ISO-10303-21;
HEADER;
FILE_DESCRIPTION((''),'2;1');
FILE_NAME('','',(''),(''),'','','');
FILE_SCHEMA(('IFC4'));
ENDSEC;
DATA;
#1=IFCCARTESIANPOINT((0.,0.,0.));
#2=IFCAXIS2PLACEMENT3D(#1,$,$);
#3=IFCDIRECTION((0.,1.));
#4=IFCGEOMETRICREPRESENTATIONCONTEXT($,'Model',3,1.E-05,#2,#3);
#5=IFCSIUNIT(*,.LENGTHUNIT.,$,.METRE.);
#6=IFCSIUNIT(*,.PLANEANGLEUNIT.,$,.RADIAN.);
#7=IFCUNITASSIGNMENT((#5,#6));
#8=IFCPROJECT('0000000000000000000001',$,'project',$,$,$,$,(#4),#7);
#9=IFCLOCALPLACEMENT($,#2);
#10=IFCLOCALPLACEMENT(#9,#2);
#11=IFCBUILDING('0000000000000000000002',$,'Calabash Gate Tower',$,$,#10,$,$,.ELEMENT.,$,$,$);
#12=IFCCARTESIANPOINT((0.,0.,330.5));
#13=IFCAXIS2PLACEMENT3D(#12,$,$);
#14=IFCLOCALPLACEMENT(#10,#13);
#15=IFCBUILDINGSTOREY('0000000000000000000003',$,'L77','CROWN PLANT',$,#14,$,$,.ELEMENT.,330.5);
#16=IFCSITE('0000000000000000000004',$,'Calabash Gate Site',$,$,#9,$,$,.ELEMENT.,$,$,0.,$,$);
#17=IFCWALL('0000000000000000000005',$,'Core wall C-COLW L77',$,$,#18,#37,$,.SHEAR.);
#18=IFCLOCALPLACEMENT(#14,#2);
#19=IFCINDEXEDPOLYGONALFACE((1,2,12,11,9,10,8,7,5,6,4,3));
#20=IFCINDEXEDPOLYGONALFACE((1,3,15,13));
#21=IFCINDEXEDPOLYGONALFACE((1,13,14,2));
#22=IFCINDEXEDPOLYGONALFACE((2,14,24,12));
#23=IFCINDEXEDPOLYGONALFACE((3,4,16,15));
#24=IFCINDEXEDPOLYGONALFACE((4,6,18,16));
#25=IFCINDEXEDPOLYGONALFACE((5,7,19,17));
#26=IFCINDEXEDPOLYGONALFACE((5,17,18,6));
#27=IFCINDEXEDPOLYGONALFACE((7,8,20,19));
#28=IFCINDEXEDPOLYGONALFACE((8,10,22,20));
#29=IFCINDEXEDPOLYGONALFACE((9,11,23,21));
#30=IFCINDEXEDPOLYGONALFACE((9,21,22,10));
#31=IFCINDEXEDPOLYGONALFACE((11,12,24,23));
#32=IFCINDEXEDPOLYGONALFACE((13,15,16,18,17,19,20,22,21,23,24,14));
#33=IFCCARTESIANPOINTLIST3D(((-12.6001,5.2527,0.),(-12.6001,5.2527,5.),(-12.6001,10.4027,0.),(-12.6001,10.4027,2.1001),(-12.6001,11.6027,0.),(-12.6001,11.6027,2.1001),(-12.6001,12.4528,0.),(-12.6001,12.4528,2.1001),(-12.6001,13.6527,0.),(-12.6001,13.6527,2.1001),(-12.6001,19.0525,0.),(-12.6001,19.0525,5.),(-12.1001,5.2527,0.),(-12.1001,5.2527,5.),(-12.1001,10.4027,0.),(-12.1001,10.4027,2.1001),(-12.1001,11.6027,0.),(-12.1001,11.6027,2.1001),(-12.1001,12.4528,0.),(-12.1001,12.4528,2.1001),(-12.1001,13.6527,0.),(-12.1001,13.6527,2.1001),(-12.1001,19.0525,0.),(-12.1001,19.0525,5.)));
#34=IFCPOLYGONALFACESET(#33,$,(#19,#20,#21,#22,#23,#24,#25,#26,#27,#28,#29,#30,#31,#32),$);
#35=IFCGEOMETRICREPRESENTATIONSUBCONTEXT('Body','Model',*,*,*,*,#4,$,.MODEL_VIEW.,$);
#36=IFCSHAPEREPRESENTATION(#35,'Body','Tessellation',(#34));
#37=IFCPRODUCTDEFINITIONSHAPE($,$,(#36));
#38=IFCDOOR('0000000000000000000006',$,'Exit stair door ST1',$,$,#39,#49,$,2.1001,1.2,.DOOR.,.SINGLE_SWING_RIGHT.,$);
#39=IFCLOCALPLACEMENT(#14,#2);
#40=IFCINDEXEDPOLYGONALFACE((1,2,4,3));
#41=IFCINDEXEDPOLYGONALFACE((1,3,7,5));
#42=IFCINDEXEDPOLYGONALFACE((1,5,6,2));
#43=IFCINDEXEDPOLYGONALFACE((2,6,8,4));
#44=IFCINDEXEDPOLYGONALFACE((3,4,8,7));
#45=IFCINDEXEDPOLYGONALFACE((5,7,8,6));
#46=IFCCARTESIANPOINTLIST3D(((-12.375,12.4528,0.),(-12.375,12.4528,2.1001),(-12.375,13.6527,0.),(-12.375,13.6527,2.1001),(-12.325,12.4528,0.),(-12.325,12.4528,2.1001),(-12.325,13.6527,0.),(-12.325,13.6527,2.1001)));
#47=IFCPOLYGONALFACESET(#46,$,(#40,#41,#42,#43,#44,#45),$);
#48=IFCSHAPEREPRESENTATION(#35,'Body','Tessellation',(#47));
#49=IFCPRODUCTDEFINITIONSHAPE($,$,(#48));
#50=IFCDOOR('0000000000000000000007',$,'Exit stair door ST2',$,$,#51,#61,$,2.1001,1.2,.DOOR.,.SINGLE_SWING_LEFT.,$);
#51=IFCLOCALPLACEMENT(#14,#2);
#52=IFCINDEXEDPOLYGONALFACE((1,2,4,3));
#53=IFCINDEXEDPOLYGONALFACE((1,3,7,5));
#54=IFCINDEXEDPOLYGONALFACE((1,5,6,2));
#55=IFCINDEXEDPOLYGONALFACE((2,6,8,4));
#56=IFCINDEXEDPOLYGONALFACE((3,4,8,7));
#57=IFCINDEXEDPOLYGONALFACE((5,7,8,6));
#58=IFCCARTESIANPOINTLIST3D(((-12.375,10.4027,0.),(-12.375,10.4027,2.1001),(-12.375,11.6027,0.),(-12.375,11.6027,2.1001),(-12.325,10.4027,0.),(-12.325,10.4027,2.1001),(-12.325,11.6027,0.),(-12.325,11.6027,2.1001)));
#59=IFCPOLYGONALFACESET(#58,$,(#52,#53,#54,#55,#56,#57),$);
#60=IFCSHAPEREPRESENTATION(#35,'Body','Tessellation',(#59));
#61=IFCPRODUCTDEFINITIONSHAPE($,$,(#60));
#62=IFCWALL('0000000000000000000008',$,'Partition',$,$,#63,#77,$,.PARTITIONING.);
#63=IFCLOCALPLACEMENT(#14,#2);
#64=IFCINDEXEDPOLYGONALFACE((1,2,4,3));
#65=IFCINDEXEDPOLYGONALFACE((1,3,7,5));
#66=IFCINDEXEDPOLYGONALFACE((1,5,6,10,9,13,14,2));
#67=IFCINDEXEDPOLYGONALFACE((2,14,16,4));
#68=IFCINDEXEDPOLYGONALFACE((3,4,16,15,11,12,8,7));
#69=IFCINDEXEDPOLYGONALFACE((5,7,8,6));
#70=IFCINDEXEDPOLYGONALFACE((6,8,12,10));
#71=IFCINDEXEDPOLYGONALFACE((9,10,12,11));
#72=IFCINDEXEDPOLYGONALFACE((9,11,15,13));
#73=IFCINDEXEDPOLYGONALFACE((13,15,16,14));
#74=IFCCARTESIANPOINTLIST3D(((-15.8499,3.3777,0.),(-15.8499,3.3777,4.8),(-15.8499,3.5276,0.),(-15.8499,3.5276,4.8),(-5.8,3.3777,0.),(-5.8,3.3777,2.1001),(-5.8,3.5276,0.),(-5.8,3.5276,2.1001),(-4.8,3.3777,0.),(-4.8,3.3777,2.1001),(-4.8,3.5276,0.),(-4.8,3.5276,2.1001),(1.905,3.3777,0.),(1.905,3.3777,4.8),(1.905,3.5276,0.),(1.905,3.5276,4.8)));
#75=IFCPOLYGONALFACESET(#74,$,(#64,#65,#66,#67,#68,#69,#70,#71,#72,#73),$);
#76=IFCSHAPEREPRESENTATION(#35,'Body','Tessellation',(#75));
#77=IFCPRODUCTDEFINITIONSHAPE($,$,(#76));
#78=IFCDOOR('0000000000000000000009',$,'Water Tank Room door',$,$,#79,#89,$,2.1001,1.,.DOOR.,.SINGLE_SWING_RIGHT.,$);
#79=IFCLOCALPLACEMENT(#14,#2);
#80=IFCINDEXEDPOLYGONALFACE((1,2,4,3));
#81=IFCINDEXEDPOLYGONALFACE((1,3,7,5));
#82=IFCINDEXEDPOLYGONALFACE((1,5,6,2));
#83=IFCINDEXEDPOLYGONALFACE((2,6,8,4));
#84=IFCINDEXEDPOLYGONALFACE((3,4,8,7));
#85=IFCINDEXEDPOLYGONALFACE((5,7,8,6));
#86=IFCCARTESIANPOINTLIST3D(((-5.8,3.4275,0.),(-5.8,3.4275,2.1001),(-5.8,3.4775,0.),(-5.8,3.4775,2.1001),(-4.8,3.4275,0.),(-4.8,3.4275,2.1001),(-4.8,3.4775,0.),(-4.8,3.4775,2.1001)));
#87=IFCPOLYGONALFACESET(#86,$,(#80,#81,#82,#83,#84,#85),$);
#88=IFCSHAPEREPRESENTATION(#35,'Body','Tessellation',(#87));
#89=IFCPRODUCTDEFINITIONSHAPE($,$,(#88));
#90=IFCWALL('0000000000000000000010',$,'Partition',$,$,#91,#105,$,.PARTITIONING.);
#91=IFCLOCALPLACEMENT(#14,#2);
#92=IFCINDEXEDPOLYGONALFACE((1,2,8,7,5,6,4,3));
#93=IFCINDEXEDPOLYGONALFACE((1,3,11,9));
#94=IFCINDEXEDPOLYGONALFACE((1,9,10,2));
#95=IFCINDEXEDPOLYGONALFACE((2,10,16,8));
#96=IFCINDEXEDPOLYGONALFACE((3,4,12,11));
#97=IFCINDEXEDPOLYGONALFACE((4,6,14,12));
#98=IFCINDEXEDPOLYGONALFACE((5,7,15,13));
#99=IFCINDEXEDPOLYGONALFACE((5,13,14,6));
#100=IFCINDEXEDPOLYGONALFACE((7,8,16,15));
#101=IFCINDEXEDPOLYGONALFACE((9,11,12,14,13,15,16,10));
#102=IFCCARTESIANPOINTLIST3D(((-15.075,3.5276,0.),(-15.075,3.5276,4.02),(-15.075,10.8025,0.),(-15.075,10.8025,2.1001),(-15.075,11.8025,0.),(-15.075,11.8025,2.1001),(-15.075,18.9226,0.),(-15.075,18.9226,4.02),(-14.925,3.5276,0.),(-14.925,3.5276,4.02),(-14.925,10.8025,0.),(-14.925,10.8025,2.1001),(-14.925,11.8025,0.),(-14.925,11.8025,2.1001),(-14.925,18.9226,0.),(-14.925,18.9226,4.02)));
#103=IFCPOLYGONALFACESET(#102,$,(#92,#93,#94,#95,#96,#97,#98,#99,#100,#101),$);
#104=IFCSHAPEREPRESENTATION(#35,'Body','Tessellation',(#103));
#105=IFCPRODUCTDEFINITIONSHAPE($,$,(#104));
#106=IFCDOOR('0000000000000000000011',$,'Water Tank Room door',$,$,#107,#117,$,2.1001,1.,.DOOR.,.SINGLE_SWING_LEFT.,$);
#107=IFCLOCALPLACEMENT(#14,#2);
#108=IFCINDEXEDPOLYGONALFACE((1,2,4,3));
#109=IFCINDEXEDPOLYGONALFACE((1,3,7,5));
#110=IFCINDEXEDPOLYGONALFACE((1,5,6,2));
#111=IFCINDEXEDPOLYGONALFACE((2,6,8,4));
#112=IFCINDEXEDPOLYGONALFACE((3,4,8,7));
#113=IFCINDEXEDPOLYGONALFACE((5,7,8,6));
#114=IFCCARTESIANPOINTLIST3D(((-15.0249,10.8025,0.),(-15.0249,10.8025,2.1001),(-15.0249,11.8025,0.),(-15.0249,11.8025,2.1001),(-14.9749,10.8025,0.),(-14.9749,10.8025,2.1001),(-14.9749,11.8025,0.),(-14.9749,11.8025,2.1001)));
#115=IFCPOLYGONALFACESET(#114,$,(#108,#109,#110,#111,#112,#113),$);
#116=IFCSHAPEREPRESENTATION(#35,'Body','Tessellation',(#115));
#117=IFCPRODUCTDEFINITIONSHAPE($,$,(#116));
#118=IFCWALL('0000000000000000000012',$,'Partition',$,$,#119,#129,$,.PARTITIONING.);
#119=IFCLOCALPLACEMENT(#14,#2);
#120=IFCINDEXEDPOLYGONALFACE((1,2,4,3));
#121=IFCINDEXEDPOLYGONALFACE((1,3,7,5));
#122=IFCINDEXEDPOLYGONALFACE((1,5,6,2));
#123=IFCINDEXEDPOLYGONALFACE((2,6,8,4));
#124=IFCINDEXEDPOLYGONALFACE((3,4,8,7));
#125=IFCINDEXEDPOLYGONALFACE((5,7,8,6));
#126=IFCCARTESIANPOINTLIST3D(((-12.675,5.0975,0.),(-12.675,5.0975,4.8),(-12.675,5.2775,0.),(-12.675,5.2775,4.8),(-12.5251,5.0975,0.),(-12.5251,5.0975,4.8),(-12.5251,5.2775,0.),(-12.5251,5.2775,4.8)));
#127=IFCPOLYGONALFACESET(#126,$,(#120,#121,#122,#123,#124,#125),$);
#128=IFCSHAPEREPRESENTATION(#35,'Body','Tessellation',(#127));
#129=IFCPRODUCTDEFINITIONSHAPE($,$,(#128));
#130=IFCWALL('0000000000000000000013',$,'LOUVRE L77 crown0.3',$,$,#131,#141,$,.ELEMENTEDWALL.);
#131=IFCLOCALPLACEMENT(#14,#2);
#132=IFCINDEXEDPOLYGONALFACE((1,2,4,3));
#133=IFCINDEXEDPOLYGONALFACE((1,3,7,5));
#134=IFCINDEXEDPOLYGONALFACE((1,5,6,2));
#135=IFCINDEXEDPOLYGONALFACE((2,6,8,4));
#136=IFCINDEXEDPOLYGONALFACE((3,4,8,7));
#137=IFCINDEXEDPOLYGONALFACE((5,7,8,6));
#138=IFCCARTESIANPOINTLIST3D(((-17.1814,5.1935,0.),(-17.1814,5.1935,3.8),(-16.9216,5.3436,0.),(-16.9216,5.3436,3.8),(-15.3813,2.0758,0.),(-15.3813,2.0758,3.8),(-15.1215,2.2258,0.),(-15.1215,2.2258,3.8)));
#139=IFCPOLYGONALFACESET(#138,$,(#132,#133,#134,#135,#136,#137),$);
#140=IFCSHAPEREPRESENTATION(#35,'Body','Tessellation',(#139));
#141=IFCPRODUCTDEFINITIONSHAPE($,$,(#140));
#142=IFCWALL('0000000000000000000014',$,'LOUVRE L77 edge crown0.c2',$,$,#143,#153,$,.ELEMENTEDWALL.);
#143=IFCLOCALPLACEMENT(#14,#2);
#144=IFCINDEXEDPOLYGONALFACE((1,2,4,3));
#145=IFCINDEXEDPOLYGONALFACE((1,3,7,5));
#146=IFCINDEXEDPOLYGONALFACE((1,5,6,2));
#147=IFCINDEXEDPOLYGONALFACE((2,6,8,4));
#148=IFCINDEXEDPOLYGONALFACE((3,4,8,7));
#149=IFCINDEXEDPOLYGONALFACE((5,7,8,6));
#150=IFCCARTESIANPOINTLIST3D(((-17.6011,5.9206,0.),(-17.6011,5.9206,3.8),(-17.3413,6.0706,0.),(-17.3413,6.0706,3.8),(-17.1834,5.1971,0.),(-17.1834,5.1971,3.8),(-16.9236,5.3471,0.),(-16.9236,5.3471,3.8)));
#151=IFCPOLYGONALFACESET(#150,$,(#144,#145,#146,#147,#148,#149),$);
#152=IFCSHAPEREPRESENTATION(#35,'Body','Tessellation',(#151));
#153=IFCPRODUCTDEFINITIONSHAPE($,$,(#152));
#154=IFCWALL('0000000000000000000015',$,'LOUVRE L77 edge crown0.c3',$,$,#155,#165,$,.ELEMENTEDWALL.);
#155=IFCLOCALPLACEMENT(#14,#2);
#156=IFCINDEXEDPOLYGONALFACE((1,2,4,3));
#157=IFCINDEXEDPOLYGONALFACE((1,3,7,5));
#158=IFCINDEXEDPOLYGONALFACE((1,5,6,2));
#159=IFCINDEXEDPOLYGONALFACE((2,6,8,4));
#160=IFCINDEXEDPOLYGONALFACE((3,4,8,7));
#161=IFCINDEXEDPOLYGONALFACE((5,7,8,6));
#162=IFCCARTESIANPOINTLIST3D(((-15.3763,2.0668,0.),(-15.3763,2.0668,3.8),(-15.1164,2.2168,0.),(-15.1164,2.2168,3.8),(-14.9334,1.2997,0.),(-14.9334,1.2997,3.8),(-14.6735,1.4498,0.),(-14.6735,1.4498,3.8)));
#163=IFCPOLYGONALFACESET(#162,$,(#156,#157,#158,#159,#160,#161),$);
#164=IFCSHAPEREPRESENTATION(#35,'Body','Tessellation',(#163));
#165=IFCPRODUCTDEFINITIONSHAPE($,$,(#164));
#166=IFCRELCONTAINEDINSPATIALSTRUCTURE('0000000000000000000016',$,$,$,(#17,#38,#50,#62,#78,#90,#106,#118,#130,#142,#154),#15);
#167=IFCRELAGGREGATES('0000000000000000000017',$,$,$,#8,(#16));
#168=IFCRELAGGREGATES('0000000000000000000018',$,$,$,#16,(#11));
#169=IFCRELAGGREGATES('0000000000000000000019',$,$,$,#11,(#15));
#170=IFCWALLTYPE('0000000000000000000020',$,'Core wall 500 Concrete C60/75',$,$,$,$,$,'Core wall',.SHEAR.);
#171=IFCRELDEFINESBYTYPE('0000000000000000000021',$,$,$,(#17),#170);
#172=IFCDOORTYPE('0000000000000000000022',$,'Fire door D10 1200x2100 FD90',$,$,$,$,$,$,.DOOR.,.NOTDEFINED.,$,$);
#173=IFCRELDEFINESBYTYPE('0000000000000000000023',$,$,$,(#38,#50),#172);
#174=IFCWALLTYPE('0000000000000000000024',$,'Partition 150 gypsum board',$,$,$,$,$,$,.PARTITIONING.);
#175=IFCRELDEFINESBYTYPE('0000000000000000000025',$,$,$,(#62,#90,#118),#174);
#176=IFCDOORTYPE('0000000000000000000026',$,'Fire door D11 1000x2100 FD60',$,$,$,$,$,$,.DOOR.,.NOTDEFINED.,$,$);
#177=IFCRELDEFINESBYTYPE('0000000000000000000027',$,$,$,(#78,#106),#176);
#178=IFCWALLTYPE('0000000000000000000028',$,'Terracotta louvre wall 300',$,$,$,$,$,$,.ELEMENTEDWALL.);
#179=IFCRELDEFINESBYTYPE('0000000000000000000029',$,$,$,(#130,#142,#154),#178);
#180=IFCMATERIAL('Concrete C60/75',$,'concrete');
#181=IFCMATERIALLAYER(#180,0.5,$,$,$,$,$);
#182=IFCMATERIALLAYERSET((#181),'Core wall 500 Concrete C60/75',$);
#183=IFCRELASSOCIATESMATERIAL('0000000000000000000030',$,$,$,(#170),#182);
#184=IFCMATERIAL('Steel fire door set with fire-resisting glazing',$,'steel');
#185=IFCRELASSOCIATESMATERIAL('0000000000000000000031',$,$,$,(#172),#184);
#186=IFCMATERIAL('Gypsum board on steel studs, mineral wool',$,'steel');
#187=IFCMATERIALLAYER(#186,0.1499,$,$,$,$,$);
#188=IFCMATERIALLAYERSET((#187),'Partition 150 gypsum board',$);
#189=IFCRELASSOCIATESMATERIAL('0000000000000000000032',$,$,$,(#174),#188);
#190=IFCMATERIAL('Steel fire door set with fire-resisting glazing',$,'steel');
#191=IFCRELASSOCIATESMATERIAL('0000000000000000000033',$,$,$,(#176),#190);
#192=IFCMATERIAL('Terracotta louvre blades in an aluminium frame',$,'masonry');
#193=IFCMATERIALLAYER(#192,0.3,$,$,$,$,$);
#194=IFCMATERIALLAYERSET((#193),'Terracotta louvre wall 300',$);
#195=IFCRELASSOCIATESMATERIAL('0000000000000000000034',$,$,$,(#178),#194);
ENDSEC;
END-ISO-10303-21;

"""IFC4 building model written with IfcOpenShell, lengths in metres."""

from ifc_helpers import new_model, si_unit, direction, frame, frame_2d, origin, place, context, subcontext, project, spatial, rectangle, extrude, material, layer, layer_set, type_object, element, fill, save


model = new_model("IFC4")

# Units and contexts
model_context = context("Model", 3, precision=1e-05, world=origin(), true_north=direction((0.0, 1.0)))
body_context = subcontext(model_context, "Body", "Model", "MODEL_VIEW")
ifc_project = project(units=[si_unit("LENGTHUNIT", "METRE"), si_unit("PLANEANGLEUNIT", "RADIAN")], contexts=[model_context])

# Site, building, storey
site_placement = place(None, origin())
site = spatial("IfcSite", under=ifc_project, at=site_placement, Name="Calabash Gate Site", CompositionType="ELEMENT", RefElevation=0.0)
building_placement = place(site_placement, origin())
building = spatial("IfcBuilding", under=site, at=building_placement, Name="Calabash Gate Tower", CompositionType="ELEMENT")
storey_placement = place(building_placement, frame((0.0, 0.0, 330.5)))
storey = spatial("IfcBuildingStorey", under=building, at=storey_placement, Name="L77", Description="CROWN PLANT", CompositionType="ELEMENT", Elevation=330.5)

# Wall, openings, doors
ifc_material_1 = material(Name="Concrete C60/75", Category="concrete")
ifc_layer_1 = layer(ifc_material_1, 0.5)
ifc_layer_set_1 = layer_set([ifc_layer_1], Name="Core wall 500 Concrete C60/75")
wall_type_1 = type_object("IfcWallType", Name="Core wall 500 Concrete C60/75", ElementType="Core wall", PredefinedType="SHEAR", material=ifc_layer_set_1)
wall_1_placement = place(storey_placement, frame((-12.3501, 5.2527, 0.0), z_axis=(0.0, 0.0, 1.0), x_axis=(0.0, 1.0, 0.0)))
wall_1 = element("IfcWall", 1, at=wall_1_placement, inside=storey, type_object=wall_type_1, Name="Core wall C-COLW L77", PredefinedType="SHEAR", context=body_context, shape_type="SweptSolid", body=[
    extrude(rectangle(XDim=13.7998, YDim=0.5, at=frame_2d((6.8999, 0.0))), origin(), (0.0, 0.0, 1.0), 5.0),
])
opening_1_placement = place(wall_1_placement, frame((7.2, 0.0, 0.0)))
opening_1 = element("IfcOpeningElement", 2, at=opening_1_placement, cuts=wall_1, PredefinedType="OPENING", context=body_context, shape_type="SweptSolid", body=[
    extrude(rectangle(XDim=1.2, YDim=2.1001, at=frame_2d((0.6001, 1.05))), frame((0.0, 0.26, 0.0), z_axis=(0.0, -1.0, 0.0), x_axis=(1.0, 0.0, 0.0)), (0.0, 0.0, 1.0), 0.52),
])
opening_2_placement = place(wall_1_placement, frame((5.1499, 0.0, 0.0)))
opening_2 = element("IfcOpeningElement", 3, at=opening_2_placement, cuts=wall_1, PredefinedType="OPENING", context=body_context, shape_type="SweptSolid", body=[
    extrude(rectangle(XDim=1.2, YDim=2.1001, at=frame_2d((0.6001, 1.05))), frame((0.0, 0.26, 0.0), z_axis=(0.0, -1.0, 0.0), x_axis=(1.0, 0.0, 0.0)), (0.0, 0.0, 1.0), 0.52),
])
ifc_material_2 = material(Name="Steel fire door set with fire-resisting glazing", Category="steel")
door_type_1 = type_object("IfcDoorType", Name="Fire door D10 1200x2100 FD90", OperationType="NOTDEFINED", PredefinedType="DOOR", material=ifc_material_2)
door_1_placement = place(opening_1_placement, origin())
door_1 = element("IfcDoor", 4, at=door_1_placement, inside=storey, type_object=door_type_1, Name="Exit stair door ST1", OperationType="SINGLE_SWING_RIGHT", OverallHeight=2.1001, OverallWidth=1.2, PredefinedType="DOOR", context=body_context, shape_type="SweptSolid", body=[
    extrude(rectangle(XDim=1.2, YDim=2.1001, at=frame_2d((0.6001, 1.05))), frame((0.0, 0.0249, 0.0), z_axis=(0.0, -1.0, 0.0), x_axis=(1.0, 0.0, 0.0)), (0.0, 0.0, 1.0), 0.05),
])
fill(opening_1, door_1)
door_2_placement = place(opening_2_placement, origin())
door_2 = element("IfcDoor", 5, at=door_2_placement, inside=storey, type_object=door_type_1, Name="Exit stair door ST2", OperationType="SINGLE_SWING_LEFT", OverallHeight=2.1001, OverallWidth=1.2, PredefinedType="DOOR", context=body_context, shape_type="SweptSolid", body=[
    extrude(rectangle(XDim=1.2, YDim=2.1001, at=frame_2d((0.6001, 1.05))), frame((0.0, 0.0249, 0.0), z_axis=(0.0, -1.0, 0.0), x_axis=(1.0, 0.0, 0.0)), (0.0, 0.0, 1.0), 0.05),
])
fill(opening_2, door_2)

# Walls, openings, doors
ifc_material_3 = material(Name="Gypsum board on steel studs, mineral wool", Category="steel")
ifc_layer_2 = layer(ifc_material_3, 0.1499)
ifc_layer_set_2 = layer_set([ifc_layer_2], Name="Partition 150 gypsum board")
wall_type_2 = type_object("IfcWallType", Name="Partition 150 gypsum board", PredefinedType="PARTITIONING", material=ifc_layer_set_2)
wall_2_placement = place(storey_placement, frame((-15.8499, 3.4526, 0.0), z_axis=(0.0, 0.0, 1.0), x_axis=(1.0, 0.0, 0.0)))
wall_2 = element("IfcWall", 6, at=wall_2_placement, inside=storey, type_object=wall_type_2, Name="Partition", PredefinedType="PARTITIONING", context=body_context, shape_type="SweptSolid", body=[
    extrude(rectangle(XDim=17.7549, YDim=0.1499, at=frame_2d((8.8774, 0.0))), origin(), (0.0, 0.0, 1.0), 4.8),
])
opening_3_placement = place(wall_2_placement, frame((10.0498, 0.0, 0.0)))
opening_3 = element("IfcOpeningElement", 7, at=opening_3_placement, cuts=wall_2, PredefinedType="OPENING", context=body_context, shape_type="SweptSolid", body=[
    extrude(rectangle(XDim=1.0, YDim=2.1001, at=frame_2d((0.5, 1.05))), frame((0.0, 0.085, 0.0), z_axis=(0.0, -1.0, 0.0), x_axis=(1.0, 0.0, 0.0)), (0.0, 0.0, 1.0), 0.1699),
])
ifc_material_4 = material(Name="Steel fire door set with fire-resisting glazing", Category="steel")
door_type_2 = type_object("IfcDoorType", Name="Fire door D11 1000x2100 FD60", OperationType="NOTDEFINED", PredefinedType="DOOR", material=ifc_material_4)
door_3_placement = place(opening_3_placement, origin())
door_3 = element("IfcDoor", 8, at=door_3_placement, inside=storey, type_object=door_type_2, Name="Water Tank Room door", OperationType="SINGLE_SWING_RIGHT", OverallHeight=2.1001, OverallWidth=1.0, PredefinedType="DOOR", context=body_context, shape_type="SweptSolid", body=[
    extrude(rectangle(XDim=1.0, YDim=2.1001, at=frame_2d((0.5, 1.05))), frame((0.0, 0.0249, 0.0), z_axis=(0.0, -1.0, 0.0), x_axis=(1.0, 0.0, 0.0)), (0.0, 0.0, 1.0), 0.05),
])
fill(opening_3, door_3)
wall_3_placement = place(storey_placement, frame((-15.0, 3.5276, 0.0), z_axis=(0.0, 0.0, 1.0), x_axis=(0.0, 1.0, 0.0)))
wall_3 = element("IfcWall", 9, at=wall_3_placement, inside=storey, type_object=wall_type_2, Name="Partition", PredefinedType="PARTITIONING", context=body_context, shape_type="SweptSolid", body=[
    extrude(rectangle(XDim=15.395, YDim=0.1499, at=frame_2d((7.6975, 0.0))), origin(), (0.0, 0.0, 1.0), 4.02),
])
opening_4_placement = place(wall_3_placement, frame((7.2749, 0.0, 0.0)))
opening_4 = element("IfcOpeningElement", 10, at=opening_4_placement, cuts=wall_3, PredefinedType="OPENING", context=body_context, shape_type="SweptSolid", body=[
    extrude(rectangle(XDim=1.0, YDim=2.1001, at=frame_2d((0.5, 1.05))), frame((0.0, 0.085, 0.0), z_axis=(0.0, -1.0, 0.0), x_axis=(1.0, 0.0, 0.0)), (0.0, 0.0, 1.0), 0.1699),
])
door_4_placement = place(opening_4_placement, origin())
door_4 = element("IfcDoor", 11, at=door_4_placement, inside=storey, type_object=door_type_2, Name="Water Tank Room door", OperationType="SINGLE_SWING_LEFT", OverallHeight=2.1001, OverallWidth=1.0, PredefinedType="DOOR", context=body_context, shape_type="SweptSolid", body=[
    extrude(rectangle(XDim=1.0, YDim=2.1001, at=frame_2d((0.5, 1.05))), frame((0.0, 0.0249, 0.0), z_axis=(0.0, -1.0, 0.0), x_axis=(1.0, 0.0, 0.0)), (0.0, 0.0, 1.0), 0.05),
])
fill(opening_4, door_4)

# Walls
wall_4_placement = place(storey_placement, frame((-12.6001, 5.0977, 0.0), z_axis=(0.0, 0.0, 1.0), x_axis=(0.0, 1.0, 0.0)))
element("IfcWall", 12, at=wall_4_placement, inside=storey, type_object=wall_type_2, Name="Partition", PredefinedType="PARTITIONING", context=body_context, shape_type="SweptSolid", body=[
    extrude(rectangle(XDim=0.1799, YDim=0.1499, at=frame_2d((0.0898, 0.0))), origin(), (0.0, 0.0, 1.0), 4.8),
])
ifc_material_5 = material(Name="Terracotta louvre blades in an aluminium frame", Category="masonry")
ifc_layer_3 = layer(ifc_material_5, 0.3)
ifc_layer_set_3 = layer_set([ifc_layer_3], Name="Terracotta louvre wall 300")
wall_type_3 = type_object("IfcWallType", Name="Terracotta louvre wall 300", PredefinedType="ELEMENTEDWALL", material=ifc_layer_set_3)
wall_5_placement = place(storey_placement, frame((-17.0515, 5.2686, 0.0), z_axis=(0.0, 0.0, 1.0), x_axis=(0.500012, -0.866018, 0.0)))
element("IfcWall", 13, at=wall_5_placement, inside=storey, type_object=wall_type_3, Name="LOUVRE L77 crown0.3", PredefinedType="ELEMENTEDWALL", context=body_context, shape_type="SweptSolid", body=[
    extrude(rectangle(XDim=3.6001, YDim=0.3, at=frame_2d((1.8, 0.0))), origin(), (0.0, 0.0, 1.0), 3.8),
])
wall_6_placement = place(storey_placement, frame((-17.4712, 5.9956, 0.0), z_axis=(0.0, 0.0, 1.0), x_axis=(0.499942, -0.866059, 0.0)))
element("IfcWall", 14, at=wall_6_placement, inside=storey, type_object=wall_type_3, Name="LOUVRE L77 edge crown0.c2", PredefinedType="ELEMENTEDWALL", context=body_context, shape_type="SweptSolid", body=[
    extrude(rectangle(XDim=0.8354, YDim=0.3, at=frame_2d((0.4177, 0.0))), origin(), (0.0, 0.0, 1.0), 3.8),
])
wall_7_placement = place(storey_placement, frame((-14.8035, 1.3748, 0.0), z_axis=(0.0, 0.0, 1.0), x_axis=(-0.499993, 0.86603, 0.0)))
element("IfcWall", 15, at=wall_7_placement, inside=storey, type_object=wall_type_3, Name="LOUVRE L77 edge crown0.c3", PredefinedType="ELEMENTEDWALL", context=body_context, shape_type="SweptSolid", body=[
    extrude(rectangle(XDim=0.8857, YDim=0.3, at=frame_2d((0.4429, 0.0))), origin(), (0.0, 0.0, 1.0), 3.8),
])

save(model, "model.ifc")
